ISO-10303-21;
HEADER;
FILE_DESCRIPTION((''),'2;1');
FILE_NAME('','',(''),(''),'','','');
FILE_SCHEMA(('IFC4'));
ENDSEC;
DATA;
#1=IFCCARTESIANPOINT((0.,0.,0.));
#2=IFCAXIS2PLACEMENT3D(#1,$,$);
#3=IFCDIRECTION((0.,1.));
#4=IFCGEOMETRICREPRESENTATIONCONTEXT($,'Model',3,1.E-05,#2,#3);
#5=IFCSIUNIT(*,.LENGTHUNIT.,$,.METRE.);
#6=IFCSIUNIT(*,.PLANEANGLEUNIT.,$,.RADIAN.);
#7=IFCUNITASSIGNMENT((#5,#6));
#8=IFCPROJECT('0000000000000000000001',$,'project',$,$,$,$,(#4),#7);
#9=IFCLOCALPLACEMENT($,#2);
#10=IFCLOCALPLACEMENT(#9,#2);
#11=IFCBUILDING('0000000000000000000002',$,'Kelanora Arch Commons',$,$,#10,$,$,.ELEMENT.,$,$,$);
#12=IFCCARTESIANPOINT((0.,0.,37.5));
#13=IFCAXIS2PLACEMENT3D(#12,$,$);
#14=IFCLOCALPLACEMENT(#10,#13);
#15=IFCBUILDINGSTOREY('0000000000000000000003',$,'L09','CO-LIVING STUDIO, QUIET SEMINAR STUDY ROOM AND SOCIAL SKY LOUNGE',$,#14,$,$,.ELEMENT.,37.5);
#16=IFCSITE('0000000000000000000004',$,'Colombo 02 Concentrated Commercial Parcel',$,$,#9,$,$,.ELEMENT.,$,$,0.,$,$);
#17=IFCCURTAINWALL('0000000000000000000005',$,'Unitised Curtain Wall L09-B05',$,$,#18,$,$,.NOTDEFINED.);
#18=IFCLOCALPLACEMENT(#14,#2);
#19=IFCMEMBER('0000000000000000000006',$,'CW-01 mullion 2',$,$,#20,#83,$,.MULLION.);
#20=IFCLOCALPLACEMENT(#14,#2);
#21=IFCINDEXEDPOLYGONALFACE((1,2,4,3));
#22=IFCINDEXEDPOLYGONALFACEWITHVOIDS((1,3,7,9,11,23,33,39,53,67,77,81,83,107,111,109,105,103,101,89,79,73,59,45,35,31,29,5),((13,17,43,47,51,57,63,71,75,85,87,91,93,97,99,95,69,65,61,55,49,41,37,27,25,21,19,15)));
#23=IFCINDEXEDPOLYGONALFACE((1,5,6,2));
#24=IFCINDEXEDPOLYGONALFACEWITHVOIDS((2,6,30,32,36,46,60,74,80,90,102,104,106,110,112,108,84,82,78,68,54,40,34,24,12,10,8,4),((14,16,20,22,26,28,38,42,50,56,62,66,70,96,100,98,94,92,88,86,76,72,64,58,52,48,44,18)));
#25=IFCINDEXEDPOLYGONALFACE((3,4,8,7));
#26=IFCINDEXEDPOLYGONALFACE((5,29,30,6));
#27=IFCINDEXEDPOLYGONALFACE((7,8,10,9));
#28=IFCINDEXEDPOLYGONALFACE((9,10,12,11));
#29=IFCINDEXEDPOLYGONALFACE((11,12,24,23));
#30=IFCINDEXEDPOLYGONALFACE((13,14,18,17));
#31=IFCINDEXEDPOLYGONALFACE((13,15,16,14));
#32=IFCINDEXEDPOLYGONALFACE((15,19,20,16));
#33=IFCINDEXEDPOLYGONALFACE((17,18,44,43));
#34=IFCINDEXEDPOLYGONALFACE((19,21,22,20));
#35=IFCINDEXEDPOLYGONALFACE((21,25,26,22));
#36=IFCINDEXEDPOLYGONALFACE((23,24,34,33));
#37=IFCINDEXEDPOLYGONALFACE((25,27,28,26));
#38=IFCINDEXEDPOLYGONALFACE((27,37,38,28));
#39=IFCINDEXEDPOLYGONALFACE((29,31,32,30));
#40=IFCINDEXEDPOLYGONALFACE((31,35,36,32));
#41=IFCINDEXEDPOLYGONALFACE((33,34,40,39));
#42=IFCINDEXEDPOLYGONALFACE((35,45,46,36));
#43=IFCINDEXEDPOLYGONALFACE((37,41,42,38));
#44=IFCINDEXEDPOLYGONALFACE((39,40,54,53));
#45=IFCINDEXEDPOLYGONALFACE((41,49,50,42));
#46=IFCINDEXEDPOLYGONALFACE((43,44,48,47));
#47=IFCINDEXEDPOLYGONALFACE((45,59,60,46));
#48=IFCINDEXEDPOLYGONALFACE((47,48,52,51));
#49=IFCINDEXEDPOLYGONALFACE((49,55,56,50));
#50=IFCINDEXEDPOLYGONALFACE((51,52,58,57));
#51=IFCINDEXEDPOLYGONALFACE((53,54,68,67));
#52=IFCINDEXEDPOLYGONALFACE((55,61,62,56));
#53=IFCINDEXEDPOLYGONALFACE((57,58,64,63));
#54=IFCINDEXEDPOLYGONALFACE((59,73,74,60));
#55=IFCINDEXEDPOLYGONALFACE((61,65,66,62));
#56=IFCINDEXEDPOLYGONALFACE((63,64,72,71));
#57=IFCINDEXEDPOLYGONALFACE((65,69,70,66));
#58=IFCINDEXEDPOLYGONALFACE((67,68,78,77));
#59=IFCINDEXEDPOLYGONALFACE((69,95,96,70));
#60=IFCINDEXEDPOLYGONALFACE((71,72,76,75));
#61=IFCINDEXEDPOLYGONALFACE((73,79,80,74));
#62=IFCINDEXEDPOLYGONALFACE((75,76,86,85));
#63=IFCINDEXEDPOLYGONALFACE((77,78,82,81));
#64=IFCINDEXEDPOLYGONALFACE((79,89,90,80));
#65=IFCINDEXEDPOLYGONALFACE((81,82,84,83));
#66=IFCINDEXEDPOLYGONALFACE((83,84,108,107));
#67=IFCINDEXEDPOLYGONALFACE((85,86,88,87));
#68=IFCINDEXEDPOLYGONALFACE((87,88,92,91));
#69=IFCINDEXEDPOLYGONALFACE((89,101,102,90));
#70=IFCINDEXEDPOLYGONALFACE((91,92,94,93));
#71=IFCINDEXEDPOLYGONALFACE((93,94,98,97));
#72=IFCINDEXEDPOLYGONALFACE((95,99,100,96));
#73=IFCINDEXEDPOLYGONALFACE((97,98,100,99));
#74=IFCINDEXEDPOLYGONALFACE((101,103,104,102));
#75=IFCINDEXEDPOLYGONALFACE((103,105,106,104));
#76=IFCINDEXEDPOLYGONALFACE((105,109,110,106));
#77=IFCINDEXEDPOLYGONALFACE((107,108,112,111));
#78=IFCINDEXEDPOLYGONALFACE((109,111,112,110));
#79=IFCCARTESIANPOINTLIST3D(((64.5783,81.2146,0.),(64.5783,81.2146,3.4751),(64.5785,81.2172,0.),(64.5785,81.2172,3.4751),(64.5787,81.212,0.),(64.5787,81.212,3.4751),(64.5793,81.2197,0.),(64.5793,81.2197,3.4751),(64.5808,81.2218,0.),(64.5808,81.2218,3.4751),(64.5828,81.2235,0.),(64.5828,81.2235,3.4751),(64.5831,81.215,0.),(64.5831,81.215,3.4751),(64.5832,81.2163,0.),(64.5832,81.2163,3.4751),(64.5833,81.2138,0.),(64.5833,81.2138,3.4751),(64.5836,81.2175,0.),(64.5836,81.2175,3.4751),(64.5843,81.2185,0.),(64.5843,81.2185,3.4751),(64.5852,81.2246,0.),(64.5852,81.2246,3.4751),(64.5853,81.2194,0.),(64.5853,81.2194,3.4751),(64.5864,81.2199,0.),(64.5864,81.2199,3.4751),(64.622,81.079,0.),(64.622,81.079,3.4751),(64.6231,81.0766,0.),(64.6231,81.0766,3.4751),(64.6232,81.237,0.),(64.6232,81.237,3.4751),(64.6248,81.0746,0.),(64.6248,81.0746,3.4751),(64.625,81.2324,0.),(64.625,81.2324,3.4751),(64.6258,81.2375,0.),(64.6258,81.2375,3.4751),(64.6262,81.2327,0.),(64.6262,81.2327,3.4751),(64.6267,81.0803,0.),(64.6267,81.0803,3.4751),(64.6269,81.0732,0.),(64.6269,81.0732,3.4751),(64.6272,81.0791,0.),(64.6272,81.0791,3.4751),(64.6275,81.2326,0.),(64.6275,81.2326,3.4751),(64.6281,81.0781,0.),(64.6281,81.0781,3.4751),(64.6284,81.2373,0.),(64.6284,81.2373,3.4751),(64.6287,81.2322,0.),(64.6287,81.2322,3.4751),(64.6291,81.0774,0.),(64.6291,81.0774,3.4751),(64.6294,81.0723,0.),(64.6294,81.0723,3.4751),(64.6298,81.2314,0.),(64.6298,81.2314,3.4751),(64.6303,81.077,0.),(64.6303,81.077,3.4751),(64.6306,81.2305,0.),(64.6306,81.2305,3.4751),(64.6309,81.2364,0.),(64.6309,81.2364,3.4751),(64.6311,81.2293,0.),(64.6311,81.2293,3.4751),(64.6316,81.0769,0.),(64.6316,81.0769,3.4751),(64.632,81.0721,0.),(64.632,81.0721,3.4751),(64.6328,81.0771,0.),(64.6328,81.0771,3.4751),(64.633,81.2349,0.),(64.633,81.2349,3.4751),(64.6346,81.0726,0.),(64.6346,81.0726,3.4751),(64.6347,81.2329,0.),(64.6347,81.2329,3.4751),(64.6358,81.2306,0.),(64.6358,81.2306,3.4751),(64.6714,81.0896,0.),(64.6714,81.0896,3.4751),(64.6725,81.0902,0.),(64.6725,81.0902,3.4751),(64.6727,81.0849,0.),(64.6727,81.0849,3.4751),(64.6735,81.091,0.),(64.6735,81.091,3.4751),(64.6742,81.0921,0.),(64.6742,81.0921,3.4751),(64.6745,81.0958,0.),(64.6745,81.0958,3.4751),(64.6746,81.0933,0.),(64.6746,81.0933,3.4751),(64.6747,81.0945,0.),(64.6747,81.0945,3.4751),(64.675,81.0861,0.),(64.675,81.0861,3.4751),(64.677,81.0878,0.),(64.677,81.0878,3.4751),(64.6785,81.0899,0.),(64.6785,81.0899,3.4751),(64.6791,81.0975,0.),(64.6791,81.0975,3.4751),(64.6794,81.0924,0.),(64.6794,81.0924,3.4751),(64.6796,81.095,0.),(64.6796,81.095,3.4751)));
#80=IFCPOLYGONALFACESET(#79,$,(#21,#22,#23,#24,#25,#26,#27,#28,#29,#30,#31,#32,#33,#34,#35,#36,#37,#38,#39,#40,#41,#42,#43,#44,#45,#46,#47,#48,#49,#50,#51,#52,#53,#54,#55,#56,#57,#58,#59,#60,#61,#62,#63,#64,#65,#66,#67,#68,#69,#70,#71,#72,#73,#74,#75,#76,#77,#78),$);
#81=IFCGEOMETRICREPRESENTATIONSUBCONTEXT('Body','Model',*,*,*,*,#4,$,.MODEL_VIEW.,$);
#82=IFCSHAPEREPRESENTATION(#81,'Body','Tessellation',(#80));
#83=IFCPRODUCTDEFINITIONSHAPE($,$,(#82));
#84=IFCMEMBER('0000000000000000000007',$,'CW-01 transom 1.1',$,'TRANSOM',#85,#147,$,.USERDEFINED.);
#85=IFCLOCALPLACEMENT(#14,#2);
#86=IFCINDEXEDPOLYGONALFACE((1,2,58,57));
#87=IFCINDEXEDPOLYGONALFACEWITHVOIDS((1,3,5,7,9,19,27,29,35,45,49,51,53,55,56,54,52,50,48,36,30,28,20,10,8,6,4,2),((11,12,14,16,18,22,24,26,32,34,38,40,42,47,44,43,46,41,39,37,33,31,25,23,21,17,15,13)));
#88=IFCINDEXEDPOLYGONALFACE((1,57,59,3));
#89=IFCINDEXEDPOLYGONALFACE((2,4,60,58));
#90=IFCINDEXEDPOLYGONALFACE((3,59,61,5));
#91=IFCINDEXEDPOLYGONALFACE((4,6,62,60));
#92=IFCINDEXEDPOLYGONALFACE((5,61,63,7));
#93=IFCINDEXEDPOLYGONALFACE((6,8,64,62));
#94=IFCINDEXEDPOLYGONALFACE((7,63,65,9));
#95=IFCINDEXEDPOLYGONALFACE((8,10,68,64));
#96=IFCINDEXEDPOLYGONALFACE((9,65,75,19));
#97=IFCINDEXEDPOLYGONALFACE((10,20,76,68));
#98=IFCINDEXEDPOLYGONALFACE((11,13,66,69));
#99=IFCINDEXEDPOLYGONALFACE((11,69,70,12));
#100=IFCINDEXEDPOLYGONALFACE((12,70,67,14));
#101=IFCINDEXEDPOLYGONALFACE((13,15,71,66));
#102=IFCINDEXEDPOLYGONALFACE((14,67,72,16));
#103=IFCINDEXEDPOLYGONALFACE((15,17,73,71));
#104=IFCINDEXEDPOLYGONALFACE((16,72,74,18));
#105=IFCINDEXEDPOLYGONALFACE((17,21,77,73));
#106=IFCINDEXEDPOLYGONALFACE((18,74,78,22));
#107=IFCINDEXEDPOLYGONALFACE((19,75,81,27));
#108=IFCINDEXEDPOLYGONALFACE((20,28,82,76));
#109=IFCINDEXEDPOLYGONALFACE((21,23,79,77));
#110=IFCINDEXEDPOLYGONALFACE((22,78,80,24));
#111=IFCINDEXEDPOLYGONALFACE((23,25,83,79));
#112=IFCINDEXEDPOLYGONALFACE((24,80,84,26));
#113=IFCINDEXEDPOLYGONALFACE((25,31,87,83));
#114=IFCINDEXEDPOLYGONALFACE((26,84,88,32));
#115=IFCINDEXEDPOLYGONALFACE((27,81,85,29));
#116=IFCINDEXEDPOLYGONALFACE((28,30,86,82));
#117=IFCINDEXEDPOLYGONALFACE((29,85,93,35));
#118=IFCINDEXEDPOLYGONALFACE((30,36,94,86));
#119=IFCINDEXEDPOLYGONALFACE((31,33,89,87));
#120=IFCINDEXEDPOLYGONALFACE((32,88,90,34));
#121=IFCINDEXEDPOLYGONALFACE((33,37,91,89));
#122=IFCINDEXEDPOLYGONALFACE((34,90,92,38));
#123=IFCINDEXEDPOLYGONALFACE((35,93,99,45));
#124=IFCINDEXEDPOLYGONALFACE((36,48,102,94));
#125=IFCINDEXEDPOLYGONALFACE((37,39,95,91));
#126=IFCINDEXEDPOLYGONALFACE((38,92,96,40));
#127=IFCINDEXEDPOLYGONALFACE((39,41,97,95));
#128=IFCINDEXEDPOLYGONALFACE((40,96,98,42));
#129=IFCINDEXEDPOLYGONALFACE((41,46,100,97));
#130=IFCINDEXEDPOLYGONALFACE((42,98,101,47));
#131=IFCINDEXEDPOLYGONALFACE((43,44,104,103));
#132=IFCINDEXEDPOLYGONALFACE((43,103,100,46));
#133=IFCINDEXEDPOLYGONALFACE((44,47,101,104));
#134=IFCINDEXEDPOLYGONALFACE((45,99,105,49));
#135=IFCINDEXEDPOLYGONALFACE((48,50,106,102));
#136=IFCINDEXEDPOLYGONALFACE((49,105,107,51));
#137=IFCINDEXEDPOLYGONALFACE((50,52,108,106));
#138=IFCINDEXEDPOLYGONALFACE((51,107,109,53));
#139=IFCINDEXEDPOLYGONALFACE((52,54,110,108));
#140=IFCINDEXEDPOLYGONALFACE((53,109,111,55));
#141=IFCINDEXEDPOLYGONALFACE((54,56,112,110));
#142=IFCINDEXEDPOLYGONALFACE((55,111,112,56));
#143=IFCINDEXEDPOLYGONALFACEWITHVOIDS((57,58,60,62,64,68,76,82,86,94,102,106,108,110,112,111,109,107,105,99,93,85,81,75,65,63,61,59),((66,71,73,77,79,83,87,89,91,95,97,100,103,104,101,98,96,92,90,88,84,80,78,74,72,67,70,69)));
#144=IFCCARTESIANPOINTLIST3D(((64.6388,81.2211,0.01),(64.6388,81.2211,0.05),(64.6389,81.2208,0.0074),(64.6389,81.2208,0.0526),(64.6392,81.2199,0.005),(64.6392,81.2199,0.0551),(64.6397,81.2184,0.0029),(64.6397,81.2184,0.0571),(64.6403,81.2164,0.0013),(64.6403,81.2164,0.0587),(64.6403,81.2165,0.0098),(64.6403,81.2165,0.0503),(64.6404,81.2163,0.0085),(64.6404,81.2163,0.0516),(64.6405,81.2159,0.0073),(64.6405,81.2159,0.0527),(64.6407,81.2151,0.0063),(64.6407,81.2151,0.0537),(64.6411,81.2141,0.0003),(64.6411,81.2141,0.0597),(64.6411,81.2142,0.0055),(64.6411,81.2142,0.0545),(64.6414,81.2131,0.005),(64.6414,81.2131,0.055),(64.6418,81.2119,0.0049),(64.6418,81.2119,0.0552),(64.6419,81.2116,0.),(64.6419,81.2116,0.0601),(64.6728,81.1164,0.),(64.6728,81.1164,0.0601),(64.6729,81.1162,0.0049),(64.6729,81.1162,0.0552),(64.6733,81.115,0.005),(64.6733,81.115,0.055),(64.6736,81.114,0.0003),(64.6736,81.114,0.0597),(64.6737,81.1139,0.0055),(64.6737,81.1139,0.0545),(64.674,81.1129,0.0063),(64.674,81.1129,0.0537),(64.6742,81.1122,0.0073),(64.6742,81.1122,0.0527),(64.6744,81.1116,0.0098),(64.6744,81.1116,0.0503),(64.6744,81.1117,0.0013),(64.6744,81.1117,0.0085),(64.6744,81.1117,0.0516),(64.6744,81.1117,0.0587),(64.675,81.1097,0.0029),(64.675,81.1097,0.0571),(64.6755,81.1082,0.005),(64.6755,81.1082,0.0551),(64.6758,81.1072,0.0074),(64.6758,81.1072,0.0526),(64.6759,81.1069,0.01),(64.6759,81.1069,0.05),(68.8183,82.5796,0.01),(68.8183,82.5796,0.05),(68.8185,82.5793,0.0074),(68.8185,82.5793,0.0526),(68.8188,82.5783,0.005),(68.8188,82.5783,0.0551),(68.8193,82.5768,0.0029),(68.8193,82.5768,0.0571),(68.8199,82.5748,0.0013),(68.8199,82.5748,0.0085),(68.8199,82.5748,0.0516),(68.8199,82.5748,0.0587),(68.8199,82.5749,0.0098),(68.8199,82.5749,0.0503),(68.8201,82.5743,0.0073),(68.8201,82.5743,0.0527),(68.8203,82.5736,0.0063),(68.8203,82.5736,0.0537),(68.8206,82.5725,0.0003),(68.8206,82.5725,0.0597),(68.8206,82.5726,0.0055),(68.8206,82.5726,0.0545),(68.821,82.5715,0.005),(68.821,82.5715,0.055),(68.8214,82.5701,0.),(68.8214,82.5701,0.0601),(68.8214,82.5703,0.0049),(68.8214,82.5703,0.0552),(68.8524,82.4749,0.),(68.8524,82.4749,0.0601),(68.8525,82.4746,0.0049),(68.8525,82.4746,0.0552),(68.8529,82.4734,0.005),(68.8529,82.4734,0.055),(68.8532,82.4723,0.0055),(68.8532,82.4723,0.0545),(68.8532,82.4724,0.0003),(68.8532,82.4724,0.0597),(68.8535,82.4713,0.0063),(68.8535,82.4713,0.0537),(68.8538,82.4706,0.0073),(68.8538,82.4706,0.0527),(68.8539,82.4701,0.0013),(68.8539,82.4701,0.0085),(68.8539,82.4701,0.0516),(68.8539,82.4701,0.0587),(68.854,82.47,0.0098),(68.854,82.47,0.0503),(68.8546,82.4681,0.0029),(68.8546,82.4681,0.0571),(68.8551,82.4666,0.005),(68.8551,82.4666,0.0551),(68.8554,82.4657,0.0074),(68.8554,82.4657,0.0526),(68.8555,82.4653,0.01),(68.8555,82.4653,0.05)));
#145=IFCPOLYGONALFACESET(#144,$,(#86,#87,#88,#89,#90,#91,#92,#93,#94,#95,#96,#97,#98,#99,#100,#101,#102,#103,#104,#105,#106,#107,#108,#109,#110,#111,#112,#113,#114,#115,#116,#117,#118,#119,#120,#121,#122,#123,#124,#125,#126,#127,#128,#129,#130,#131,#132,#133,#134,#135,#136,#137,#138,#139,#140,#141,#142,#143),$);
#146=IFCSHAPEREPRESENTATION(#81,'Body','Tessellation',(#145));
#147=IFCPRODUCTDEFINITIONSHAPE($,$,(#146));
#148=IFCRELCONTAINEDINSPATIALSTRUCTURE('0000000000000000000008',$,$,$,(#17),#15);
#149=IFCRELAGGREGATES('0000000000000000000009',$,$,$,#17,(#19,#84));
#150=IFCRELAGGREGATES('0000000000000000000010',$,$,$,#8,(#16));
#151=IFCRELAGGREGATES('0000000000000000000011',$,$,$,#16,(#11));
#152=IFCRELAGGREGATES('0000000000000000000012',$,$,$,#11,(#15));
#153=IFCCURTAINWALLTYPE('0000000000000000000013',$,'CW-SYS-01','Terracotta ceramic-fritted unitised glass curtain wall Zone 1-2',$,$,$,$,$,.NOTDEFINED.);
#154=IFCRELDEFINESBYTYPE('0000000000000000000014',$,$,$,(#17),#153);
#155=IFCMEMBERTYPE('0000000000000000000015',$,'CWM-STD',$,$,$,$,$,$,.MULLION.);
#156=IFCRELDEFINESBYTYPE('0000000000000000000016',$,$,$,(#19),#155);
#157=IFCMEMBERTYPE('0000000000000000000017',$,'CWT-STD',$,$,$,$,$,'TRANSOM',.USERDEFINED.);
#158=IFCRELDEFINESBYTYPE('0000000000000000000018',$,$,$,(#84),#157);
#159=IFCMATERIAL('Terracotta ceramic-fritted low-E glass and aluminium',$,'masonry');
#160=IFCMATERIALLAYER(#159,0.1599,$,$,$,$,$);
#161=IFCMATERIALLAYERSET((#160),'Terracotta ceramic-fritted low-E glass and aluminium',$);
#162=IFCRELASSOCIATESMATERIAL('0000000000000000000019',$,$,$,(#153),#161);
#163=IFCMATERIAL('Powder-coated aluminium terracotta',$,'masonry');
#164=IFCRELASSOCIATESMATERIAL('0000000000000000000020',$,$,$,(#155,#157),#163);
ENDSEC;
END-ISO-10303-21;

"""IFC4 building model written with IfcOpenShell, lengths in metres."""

from ifc_helpers import new_model, si_unit, direction, frame, origin, origin_2d, place, context, subcontext, project, spatial, hollow_rectangle, extrude, material, layer, layer_set, material_profile, profile_set, type_object, element, aggregate, save


model = new_model("IFC4")

# Units and contexts
model_context = context("Model", 3, precision=1e-05, world=origin(), true_north=direction((0.0, 1.0)))
body_context = subcontext(model_context, "Body", "Model", "MODEL_VIEW")
ifc_project = project(units=[si_unit("LENGTHUNIT", "METRE"), si_unit("PLANEANGLEUNIT", "RADIAN")], contexts=[model_context])

# Site, building, storey
site_placement = place(None, origin())
site = spatial("IfcSite", under=ifc_project, at=site_placement, Name="Colombo 02 Concentrated Commercial Parcel", CompositionType="ELEMENT", RefElevation=0.0)
building_placement = place(site_placement, origin())
building = spatial("IfcBuilding", under=site, at=building_placement, Name="Kelanora Arch Commons", CompositionType="ELEMENT")
storey_placement = place(building_placement, frame((0.0, 0.0, 37.5)))
storey = spatial("IfcBuildingStorey", under=building, at=storey_placement, Name="L09", Description="CO-LIVING STUDIO, QUIET SEMINAR STUDY ROOM AND SOCIAL SKY LOUNGE", CompositionType="ELEMENT", Elevation=37.5)

# Curtain wall, members
ifc_material_1 = material(Name="Terracotta ceramic-fritted low-E glass and aluminium", Category="masonry")
ifc_layer_1 = layer(ifc_material_1, 0.1599)
ifc_layer_set_1 = layer_set([ifc_layer_1], Name="Terracotta ceramic-fritted low-E glass and aluminium")
curtain_wall_type = type_object("IfcCurtainWallType", Name="CW-SYS-01", Description="Terracotta ceramic-fritted unitised glass curtain wall Zone 1-2", PredefinedType="NOTDEFINED", material=ifc_layer_set_1)
curtain_wall_placement = place(storey_placement, origin())
curtain_wall = element("IfcCurtainWall", 1, at=curtain_wall_placement, inside=storey, type_object=curtain_wall_type, Name="Unitised Curtain Wall L09-B05", PredefinedType="NOTDEFINED")
ifc_material_2 = material(Name="Powder-coated aluminium terracotta", Category="masonry")
ifc_material_profile_1 = material_profile(ifc_material_2, hollow_rectangle(XDim=0.1599, YDim=0.0601, WallThickness=0.0049, InnerFilletRadius=0.0049, OuterFilletRadius=0.01, at=origin_2d()), Name="CWM160x60")
ifc_profile_set_1 = profile_set([ifc_material_profile_1], Name="Powder-coated aluminium terracotta")
member_type_1 = type_object("IfcMemberType", Name="CWM-STD", PredefinedType="MULLION", material=ifc_profile_set_1)
member_1_placement = place(storey_placement, frame((64.6289, 81.1548, 0.0), z_axis=(0.0, 0.0, 1.0), x_axis=(0.309058, -0.951043, 0.0)))
member_1 = element("IfcMember", 2, at=member_1_placement, type_object=member_type_1, Name="CW-01 mullion 2", PredefinedType="MULLION", context=body_context, shape_type="SweptSolid", body=[
    extrude(hollow_rectangle(XDim=0.1599, YDim=0.0601, WallThickness=0.0049, InnerFilletRadius=0.0049, OuterFilletRadius=0.01, at=origin_2d()), origin(), (0.0, 0.0, 1.0), 3.4751),
])
ifc_material_profile_2 = material_profile(ifc_material_2, hollow_rectangle(XDim=0.1201, YDim=0.0601, WallThickness=0.0049, InnerFilletRadius=0.0049, OuterFilletRadius=0.01, at=origin_2d()), Name="CWT120x60")
ifc_profile_set_2 = profile_set([ifc_material_profile_2], Name="Powder-coated aluminium terracotta")
member_type_2 = type_object("IfcMemberType", Name="CWT-STD", ElementType="TRANSOM", PredefinedType="USERDEFINED", material=ifc_profile_set_2)
member_2_placement = place(storey_placement, frame((68.8369, 82.5225, 0.03), z_axis=(-0.951029, -0.309102, 0.0), x_axis=(0.309102, -0.951029, 0.0)))
member_2 = element("IfcMember", 3, at=member_2_placement, type_object=member_type_2, Name="CW-01 transom 1.1", ObjectType="TRANSOM", PredefinedType="USERDEFINED", context=body_context, shape_type="SweptSolid", body=[
    extrude(hollow_rectangle(XDim=0.1201, YDim=0.0601, WallThickness=0.0049, InnerFilletRadius=0.0049, OuterFilletRadius=0.01, at=origin_2d()), origin(), (0.0, 0.0, 1.0), 4.3948),
])
aggregate(curtain_wall, [member_1, member_2])

save(model, "model.ifc")
